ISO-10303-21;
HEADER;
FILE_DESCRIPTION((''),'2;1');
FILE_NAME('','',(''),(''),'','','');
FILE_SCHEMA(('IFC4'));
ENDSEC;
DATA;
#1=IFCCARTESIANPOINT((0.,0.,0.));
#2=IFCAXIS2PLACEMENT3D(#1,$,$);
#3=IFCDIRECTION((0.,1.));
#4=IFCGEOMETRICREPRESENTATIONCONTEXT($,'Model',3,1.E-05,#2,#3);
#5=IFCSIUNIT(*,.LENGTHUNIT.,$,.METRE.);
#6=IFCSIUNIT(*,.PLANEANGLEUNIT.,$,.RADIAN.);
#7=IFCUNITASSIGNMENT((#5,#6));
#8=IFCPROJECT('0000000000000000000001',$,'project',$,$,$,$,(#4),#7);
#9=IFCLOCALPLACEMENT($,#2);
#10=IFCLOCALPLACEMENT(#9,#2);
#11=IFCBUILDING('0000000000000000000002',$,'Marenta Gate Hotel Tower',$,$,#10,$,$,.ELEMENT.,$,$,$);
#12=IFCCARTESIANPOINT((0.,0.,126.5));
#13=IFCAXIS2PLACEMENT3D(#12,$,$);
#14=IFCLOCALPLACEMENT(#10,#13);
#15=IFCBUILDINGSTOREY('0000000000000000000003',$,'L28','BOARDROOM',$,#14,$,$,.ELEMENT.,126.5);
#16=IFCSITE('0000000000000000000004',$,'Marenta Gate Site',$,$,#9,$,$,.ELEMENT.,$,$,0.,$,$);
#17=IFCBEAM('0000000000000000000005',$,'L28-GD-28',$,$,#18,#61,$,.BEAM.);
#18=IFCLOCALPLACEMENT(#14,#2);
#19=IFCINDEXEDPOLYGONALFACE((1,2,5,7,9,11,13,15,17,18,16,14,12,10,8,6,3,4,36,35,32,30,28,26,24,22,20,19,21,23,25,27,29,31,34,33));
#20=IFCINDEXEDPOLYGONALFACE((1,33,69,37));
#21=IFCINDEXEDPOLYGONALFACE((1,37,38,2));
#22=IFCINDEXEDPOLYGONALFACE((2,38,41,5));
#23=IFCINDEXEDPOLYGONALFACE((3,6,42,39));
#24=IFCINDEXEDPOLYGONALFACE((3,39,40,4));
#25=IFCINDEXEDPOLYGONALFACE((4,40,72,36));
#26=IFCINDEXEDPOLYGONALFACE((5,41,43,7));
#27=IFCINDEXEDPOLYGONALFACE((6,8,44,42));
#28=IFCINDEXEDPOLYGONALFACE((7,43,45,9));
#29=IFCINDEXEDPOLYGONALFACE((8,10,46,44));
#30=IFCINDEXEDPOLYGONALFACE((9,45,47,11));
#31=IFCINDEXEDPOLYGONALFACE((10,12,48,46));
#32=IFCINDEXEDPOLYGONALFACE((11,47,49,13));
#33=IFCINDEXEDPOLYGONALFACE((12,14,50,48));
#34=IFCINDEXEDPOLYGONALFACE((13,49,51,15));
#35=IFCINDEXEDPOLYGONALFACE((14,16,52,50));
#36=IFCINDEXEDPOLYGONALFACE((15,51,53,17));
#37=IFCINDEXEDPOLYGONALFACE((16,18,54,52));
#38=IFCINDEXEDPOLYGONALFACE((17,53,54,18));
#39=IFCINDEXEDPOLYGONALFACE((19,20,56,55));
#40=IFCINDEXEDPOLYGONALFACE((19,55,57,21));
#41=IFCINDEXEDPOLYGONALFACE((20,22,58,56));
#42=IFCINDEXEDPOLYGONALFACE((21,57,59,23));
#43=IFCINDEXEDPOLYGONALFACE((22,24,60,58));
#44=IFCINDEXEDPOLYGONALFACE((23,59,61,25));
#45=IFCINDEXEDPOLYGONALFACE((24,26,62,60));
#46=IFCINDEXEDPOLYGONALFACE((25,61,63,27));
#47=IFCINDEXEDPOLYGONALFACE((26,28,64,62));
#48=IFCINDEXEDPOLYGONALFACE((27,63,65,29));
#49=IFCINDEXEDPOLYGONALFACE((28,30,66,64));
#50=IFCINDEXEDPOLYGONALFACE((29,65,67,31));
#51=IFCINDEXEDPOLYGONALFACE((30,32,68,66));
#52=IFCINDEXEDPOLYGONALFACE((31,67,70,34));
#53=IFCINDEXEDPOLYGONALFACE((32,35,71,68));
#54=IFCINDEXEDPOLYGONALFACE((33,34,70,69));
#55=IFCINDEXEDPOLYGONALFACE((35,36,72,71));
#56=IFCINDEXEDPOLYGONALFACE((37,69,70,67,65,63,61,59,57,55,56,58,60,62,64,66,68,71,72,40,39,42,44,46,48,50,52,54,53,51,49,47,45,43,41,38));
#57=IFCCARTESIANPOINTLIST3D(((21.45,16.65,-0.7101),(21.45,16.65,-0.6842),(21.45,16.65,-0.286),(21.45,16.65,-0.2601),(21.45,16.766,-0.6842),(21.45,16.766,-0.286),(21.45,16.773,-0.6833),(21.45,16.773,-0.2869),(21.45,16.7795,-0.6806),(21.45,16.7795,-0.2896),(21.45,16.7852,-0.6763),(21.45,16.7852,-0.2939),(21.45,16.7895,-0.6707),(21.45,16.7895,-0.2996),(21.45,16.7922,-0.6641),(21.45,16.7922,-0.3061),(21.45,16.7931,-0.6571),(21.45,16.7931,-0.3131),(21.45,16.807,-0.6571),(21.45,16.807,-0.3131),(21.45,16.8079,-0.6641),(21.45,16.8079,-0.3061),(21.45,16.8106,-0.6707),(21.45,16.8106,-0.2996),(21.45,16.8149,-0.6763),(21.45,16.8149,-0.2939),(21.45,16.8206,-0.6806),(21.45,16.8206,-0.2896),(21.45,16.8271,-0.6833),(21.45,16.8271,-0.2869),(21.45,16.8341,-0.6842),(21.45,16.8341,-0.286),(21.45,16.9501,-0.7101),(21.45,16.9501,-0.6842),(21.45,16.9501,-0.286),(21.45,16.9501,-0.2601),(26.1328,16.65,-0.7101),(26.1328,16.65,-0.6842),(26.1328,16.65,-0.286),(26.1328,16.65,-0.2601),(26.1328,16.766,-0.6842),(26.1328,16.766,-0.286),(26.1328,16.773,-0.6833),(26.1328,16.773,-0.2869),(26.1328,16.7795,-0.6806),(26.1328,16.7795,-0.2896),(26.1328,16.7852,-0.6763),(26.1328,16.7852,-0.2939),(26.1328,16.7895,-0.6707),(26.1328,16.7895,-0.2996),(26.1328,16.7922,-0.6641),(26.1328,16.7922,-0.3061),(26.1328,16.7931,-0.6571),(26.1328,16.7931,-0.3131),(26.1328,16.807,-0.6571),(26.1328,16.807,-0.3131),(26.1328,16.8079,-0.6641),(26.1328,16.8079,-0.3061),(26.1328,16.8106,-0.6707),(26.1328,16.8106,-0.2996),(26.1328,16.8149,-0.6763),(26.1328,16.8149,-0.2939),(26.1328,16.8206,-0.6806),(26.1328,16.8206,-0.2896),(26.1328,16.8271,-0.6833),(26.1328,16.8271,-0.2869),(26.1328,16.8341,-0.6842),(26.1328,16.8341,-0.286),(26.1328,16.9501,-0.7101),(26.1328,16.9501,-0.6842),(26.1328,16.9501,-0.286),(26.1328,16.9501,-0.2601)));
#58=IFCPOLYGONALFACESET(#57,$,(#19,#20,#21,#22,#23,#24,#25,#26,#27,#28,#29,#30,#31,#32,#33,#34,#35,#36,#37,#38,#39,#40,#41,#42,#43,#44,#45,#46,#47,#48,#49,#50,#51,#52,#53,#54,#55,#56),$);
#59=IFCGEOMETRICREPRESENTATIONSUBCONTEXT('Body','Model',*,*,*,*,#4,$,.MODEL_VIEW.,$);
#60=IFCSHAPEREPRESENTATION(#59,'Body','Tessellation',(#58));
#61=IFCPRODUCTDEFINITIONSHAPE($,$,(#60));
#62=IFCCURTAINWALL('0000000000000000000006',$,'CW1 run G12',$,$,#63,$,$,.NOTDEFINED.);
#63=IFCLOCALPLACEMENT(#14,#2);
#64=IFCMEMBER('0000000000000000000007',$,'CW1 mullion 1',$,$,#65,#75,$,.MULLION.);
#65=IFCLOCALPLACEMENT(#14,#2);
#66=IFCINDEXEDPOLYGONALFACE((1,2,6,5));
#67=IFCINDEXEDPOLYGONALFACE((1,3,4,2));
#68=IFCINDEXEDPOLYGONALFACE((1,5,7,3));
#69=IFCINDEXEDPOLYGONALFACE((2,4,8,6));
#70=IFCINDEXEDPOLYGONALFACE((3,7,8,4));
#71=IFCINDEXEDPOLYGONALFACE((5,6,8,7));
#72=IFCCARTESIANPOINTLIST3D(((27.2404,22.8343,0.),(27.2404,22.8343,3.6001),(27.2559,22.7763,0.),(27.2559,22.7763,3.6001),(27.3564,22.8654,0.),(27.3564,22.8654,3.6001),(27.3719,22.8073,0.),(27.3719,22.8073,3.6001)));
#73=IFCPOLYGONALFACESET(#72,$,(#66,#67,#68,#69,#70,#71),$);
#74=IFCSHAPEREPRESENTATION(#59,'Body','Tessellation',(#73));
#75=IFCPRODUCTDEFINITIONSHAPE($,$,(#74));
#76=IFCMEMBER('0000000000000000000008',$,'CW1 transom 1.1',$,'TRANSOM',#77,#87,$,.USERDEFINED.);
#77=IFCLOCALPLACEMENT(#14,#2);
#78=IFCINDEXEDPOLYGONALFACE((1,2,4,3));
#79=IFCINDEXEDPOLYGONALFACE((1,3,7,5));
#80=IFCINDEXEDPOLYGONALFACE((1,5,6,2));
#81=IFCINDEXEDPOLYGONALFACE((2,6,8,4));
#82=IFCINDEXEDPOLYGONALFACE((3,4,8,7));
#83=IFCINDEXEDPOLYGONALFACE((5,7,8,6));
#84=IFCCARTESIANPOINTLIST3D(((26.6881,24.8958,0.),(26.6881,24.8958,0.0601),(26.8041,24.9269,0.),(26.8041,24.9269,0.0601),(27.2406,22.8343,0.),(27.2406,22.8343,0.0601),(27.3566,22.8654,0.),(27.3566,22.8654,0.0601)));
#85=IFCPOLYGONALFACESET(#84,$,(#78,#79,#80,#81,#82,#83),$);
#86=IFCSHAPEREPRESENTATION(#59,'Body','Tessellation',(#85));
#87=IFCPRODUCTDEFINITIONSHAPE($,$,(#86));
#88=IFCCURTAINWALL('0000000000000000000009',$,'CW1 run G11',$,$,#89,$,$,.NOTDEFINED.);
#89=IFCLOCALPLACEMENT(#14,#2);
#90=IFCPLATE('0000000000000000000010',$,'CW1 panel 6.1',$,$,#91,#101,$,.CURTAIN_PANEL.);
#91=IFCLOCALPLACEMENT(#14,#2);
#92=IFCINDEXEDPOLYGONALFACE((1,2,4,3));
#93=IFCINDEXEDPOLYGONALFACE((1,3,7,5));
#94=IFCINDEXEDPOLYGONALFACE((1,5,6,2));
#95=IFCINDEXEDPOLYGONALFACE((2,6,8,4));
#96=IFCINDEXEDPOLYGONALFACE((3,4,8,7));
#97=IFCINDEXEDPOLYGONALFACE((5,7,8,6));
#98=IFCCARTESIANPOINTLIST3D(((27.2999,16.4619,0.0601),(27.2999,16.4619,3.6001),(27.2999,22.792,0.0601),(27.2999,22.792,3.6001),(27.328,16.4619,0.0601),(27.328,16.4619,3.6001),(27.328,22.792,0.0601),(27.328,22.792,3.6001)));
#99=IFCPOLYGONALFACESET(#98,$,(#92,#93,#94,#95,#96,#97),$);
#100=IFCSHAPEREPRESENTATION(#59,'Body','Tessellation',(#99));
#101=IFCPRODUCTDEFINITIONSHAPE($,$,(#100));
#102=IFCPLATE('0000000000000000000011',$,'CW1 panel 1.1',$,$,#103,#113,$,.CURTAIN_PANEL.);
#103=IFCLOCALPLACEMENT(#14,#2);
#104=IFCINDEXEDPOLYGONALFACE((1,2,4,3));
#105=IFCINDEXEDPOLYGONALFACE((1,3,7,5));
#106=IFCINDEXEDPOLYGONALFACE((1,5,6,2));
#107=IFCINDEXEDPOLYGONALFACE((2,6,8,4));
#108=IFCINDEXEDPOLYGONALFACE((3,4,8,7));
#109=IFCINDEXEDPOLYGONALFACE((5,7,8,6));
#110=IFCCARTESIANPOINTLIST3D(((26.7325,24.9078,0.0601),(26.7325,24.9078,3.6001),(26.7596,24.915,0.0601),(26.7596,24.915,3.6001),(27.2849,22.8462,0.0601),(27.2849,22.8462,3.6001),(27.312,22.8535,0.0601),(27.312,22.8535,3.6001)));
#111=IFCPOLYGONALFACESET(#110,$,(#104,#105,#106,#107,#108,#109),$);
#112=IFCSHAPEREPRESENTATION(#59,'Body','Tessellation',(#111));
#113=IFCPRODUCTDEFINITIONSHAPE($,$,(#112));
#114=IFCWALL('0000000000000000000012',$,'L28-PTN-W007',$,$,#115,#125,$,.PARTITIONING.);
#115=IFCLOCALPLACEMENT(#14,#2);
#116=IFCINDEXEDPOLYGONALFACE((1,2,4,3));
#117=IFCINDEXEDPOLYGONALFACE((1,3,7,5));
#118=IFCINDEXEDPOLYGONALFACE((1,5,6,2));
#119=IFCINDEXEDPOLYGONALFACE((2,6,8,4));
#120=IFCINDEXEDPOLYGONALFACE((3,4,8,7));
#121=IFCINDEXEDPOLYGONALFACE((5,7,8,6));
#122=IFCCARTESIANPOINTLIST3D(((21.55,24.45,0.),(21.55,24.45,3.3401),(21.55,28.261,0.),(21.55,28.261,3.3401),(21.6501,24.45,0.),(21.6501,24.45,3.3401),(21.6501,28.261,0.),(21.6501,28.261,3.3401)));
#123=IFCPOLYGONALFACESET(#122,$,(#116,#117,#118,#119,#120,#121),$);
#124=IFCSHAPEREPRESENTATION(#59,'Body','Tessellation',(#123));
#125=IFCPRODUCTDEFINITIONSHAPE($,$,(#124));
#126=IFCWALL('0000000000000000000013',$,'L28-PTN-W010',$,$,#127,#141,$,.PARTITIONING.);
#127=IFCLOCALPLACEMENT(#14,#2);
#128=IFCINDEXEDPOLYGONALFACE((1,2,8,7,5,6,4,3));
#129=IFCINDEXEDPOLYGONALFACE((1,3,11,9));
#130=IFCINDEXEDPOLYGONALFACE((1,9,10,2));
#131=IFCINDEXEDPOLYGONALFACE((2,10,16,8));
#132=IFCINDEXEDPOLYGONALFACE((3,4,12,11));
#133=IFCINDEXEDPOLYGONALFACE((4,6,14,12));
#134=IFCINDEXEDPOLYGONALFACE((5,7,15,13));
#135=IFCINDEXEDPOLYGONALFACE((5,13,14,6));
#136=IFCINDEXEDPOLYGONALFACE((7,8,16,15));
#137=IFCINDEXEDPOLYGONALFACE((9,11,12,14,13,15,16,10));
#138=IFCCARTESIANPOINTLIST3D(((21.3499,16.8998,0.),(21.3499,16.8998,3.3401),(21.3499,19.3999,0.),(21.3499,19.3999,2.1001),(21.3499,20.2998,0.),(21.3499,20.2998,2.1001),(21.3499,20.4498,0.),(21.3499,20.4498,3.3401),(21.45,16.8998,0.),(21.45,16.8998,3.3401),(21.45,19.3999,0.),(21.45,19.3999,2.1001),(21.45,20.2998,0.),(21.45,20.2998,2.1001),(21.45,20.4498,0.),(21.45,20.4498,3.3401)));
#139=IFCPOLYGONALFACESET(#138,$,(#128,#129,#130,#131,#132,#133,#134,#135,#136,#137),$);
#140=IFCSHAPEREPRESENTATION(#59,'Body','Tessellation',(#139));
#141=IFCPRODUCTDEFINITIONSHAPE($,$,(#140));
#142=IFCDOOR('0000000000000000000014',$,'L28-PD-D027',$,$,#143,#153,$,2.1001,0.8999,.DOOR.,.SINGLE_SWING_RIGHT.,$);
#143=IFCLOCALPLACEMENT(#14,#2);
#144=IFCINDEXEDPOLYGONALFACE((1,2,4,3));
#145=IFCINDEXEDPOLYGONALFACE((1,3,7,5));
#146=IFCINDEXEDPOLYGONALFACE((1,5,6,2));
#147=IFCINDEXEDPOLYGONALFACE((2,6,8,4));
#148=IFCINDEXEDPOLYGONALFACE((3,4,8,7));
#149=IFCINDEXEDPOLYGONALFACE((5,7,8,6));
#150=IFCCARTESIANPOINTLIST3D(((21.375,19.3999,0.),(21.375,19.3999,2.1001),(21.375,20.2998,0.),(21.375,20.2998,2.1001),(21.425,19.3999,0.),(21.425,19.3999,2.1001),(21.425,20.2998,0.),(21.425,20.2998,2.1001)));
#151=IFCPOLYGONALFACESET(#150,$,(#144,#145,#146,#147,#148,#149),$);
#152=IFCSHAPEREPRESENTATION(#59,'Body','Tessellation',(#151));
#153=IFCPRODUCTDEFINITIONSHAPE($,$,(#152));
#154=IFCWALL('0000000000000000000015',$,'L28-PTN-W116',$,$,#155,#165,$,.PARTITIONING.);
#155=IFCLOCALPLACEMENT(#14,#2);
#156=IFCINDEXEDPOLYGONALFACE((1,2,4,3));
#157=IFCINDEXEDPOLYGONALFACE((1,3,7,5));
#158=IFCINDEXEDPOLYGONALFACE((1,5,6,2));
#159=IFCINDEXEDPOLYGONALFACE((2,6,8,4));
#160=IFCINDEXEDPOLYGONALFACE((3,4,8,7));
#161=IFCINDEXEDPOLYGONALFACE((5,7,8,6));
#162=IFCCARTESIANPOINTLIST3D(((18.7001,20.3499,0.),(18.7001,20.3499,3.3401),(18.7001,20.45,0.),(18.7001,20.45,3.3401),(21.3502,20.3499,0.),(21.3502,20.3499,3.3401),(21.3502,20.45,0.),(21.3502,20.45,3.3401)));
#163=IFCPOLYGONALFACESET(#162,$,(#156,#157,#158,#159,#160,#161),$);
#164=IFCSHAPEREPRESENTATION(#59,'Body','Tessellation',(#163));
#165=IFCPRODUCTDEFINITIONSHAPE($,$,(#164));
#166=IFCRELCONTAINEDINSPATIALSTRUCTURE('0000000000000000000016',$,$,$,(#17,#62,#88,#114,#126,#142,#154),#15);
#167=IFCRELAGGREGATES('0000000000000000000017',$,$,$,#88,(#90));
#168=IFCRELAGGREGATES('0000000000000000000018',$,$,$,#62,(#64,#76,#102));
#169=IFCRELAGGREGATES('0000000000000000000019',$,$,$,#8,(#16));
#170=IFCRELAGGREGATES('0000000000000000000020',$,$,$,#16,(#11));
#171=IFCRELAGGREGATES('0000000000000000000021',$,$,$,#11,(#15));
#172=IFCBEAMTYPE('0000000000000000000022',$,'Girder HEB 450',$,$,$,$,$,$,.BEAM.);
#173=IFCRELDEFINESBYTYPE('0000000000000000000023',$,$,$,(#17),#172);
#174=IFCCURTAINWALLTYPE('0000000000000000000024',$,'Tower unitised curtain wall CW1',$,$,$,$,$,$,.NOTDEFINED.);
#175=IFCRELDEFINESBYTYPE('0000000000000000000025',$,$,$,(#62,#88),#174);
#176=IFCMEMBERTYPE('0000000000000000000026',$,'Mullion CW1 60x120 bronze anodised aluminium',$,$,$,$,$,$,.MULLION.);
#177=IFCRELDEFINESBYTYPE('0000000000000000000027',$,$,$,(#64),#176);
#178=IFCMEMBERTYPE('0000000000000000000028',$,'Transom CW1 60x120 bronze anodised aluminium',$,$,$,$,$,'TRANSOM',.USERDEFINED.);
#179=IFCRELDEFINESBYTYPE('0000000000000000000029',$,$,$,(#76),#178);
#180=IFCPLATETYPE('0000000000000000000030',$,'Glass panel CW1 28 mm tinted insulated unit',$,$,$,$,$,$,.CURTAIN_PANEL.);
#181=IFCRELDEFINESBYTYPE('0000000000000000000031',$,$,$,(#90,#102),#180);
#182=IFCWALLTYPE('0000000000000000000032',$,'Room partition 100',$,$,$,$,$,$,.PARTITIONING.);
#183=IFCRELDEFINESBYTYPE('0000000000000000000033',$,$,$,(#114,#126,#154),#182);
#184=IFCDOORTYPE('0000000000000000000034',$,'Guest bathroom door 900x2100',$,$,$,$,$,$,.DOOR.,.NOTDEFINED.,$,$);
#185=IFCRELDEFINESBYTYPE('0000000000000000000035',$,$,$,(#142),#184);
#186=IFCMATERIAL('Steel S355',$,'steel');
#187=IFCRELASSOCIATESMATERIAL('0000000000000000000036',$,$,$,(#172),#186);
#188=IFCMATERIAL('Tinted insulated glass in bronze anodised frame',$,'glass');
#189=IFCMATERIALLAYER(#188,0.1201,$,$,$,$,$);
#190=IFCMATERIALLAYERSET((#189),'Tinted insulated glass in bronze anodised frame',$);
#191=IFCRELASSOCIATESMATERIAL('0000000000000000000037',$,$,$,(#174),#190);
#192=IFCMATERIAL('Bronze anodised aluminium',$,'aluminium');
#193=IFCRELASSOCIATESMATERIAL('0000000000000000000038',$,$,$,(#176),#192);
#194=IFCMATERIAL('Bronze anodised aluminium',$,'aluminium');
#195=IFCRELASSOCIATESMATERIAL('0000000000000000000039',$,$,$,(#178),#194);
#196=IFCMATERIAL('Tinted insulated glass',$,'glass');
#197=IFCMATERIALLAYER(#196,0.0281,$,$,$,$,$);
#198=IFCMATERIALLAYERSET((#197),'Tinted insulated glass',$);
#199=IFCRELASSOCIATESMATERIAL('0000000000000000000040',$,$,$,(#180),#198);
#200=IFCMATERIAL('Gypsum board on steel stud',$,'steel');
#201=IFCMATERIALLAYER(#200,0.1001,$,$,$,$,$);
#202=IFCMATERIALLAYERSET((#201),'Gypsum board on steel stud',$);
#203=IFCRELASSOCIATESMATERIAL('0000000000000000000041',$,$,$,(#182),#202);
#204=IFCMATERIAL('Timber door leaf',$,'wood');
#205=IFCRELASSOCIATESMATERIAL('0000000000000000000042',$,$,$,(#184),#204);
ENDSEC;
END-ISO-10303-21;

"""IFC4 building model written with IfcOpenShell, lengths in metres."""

from ifc_helpers import new_model, si_unit, direction, frame, frame_2d, origin, origin_2d, place, context, subcontext, project, spatial, rectangle, i_section, extrude, material, layer, layer_set, material_profile, profile_set, type_object, element, fill, aggregate, save


model = new_model("IFC4")

# Units and contexts
model_context = context("Model", 3, precision=1e-05, world=origin(), true_north=direction((0.0, 1.0)))
body_context = subcontext(model_context, "Body", "Model", "MODEL_VIEW")
ifc_project = project(units=[si_unit("LENGTHUNIT", "METRE"), si_unit("PLANEANGLEUNIT", "RADIAN")], contexts=[model_context])

# Site, building, storey
site_placement = place(None, origin())
site = spatial("IfcSite", under=ifc_project, at=site_placement, Name="Marenta Gate Site", CompositionType="ELEMENT", RefElevation=0.0)
building_placement = place(site_placement, origin())
building = spatial("IfcBuilding", under=site, at=building_placement, Name="Marenta Gate Hotel Tower", CompositionType="ELEMENT")
storey_placement = place(building_placement, frame((0.0, 0.0, 126.5)))
storey = spatial("IfcBuildingStorey", under=building, at=storey_placement, Name="L28", Description="BOARDROOM", CompositionType="ELEMENT", Elevation=126.5)

# Beam
ifc_material_1 = material(Name="Steel S355", Category="steel")
ifc_material_profile_1 = material_profile(ifc_material_1, i_section(OverallWidth=0.3, OverallDepth=0.45, WebThickness=0.0139, FlangeThickness=0.0259, FilletRadius=0.0271, at=origin_2d()), Name="HEB 450")
ifc_profile_set_1 = profile_set([ifc_material_profile_1], Name="Steel S355")
beam_type_1 = type_object("IfcBeamType", Name="Girder HEB 450", PredefinedType="BEAM", material=ifc_profile_set_1)
beam_1_placement = place(storey_placement, frame((21.45, 16.8, -0.4851), z_axis=(1.0, 0.0, 0.0), x_axis=(0.0, 1.0, 0.0)))
element("IfcBeam", 1, at=beam_1_placement, inside=storey, type_object=beam_type_1, Name="L28-GD-28", PredefinedType="BEAM", context=body_context, shape_type="SweptSolid", body=[
    extrude(i_section(OverallWidth=0.3, OverallDepth=0.45, WebThickness=0.0139, FlangeThickness=0.0259, FilletRadius=0.0271, at=origin_2d()), origin(), (0.0, 0.0, 1.0), 4.6829),
])

# Curtain wall, members
ifc_material_2 = material(Name="Tinted insulated glass in bronze anodised frame", Category="glass")
ifc_layer_1 = layer(ifc_material_2, 0.1201)
ifc_layer_set_1 = layer_set([ifc_layer_1], Name="Tinted insulated glass in bronze anodised frame")
curtain_wall_type = type_object("IfcCurtainWallType", Name="Tower unitised curtain wall CW1", PredefinedType="NOTDEFINED", material=ifc_layer_set_1)
curtain_wall_1_placement = place(storey_placement, origin())
curtain_wall_1 = element("IfcCurtainWall", 2, at=curtain_wall_1_placement, inside=storey, type_object=curtain_wall_type, Name="CW1 run G12", PredefinedType="NOTDEFINED")
ifc_material_3 = material(Name="Bronze anodised aluminium", Category="aluminium")
ifc_material_profile_2 = material_profile(ifc_material_3, rectangle(XDim=0.1201, YDim=0.0601, at=origin_2d()), Name="Mullion CW1 60x120 bronze anodised aluminium")
ifc_profile_set_2 = profile_set([ifc_material_profile_2], Name="Bronze anodised aluminium")
member_type_1 = type_object("IfcMemberType", Name="Mullion CW1 60x120 bronze anodised aluminium", PredefinedType="MULLION", material=ifc_profile_set_2)
member_1_placement = place(storey_placement, frame((27.3062, 22.8208, 0.0), z_axis=(0.0, 0.0, 1.0), x_axis=(-0.965925, -0.258823, 0.0)))
member_1 = element("IfcMember", 3, at=member_1_placement, type_object=member_type_1, Name="CW1 mullion 1", PredefinedType="MULLION", context=body_context, shape_type="SweptSolid", body=[
    extrude(rectangle(XDim=0.1201, YDim=0.0601, at=origin_2d()), origin(), (0.0, 0.0, 1.0), 3.6001),
])
ifc_material_4 = material(Name="Bronze anodised aluminium", Category="aluminium")
ifc_material_profile_3 = material_profile(ifc_material_4, rectangle(XDim=0.1201, YDim=0.0601, at=origin_2d()), Name="Transom CW1 60x120 bronze anodised aluminium")
ifc_profile_set_3 = profile_set([ifc_material_profile_3], Name="Bronze anodised aluminium")
member_type_2 = type_object("IfcMemberType", Name="Transom CW1 60x120 bronze anodised aluminium", ElementType="TRANSOM", PredefinedType="USERDEFINED", material=ifc_profile_set_3)
member_2_placement = place(storey_placement, frame((27.2986, 22.8499, 0.03), z_axis=(-0.258866, 0.965913, 0.0), x_axis=(-0.965913, -0.258866, 0.0)))
member_2 = element("IfcMember", 4, at=member_2_placement, type_object=member_type_2, Name="CW1 transom 1.1", ObjectType="TRANSOM", PredefinedType="USERDEFINED", context=body_context, shape_type="SweptSolid", body=[
    extrude(rectangle(XDim=0.1201, YDim=0.0601, at=origin_2d()), origin(), (0.0, 0.0, 1.0), 2.1343),
])

# Curtain wall, plate
curtain_wall_2_placement = place(storey_placement, origin())
curtain_wall_2 = element("IfcCurtainWall", 5, at=curtain_wall_2_placement, inside=storey, type_object=curtain_wall_type, Name="CW1 run G11", PredefinedType="NOTDEFINED")
ifc_material_5 = material(Name="Tinted insulated glass", Category="glass")
ifc_layer_2 = layer(ifc_material_5, 0.0281)
ifc_layer_set_2 = layer_set([ifc_layer_2], Name="Tinted insulated glass")
plate_type = type_object("IfcPlateType", Name="Glass panel CW1 28 mm tinted insulated unit", PredefinedType="CURTAIN_PANEL", material=ifc_layer_set_2)
plate_1_placement = place(storey_placement, frame((27.314, 19.627, 0.0601), z_axis=(0.0, 0.0, 1.0), x_axis=(0.0, 1.0, 0.0)))
plate_1 = element("IfcPlate", 6, at=plate_1_placement, type_object=plate_type, Name="CW1 panel 6.1", PredefinedType="CURTAIN_PANEL", context=body_context, shape_type="SweptSolid", body=[
    extrude(rectangle(XDim=6.3301, YDim=0.0281, at=origin_2d()), origin(), (0.0, 0.0, 1.0), 3.54),
])
aggregate(curtain_wall_2, [plate_1])

# Plate
plate_2_placement = place(storey_placement, frame((27.0222, 23.8806, 0.0601), z_axis=(0.0, 0.0, 1.0), x_axis=(-0.258823, 0.965925, 0.0)))
plate_2 = element("IfcPlate", 7, at=plate_2_placement, type_object=plate_type, Name="CW1 panel 1.1", PredefinedType="CURTAIN_PANEL", context=body_context, shape_type="SweptSolid", body=[
    extrude(rectangle(XDim=2.1343, YDim=0.0281, at=origin_2d()), origin(), (0.0, 0.0, 1.0), 3.54),
])
aggregate(curtain_wall_1, [member_1, member_2, plate_2])

# Wall
ifc_material_6 = material(Name="Gypsum board on steel stud", Category="steel")
ifc_layer_3 = layer(ifc_material_6, 0.1001)
ifc_layer_set_3 = layer_set([ifc_layer_3], Name="Gypsum board on steel stud")
wall_type_1 = type_object("IfcWallType", Name="Room partition 100", PredefinedType="PARTITIONING", material=ifc_layer_set_3)
wall_1_placement = place(storey_placement, frame((21.6001, 24.45, 0.0), z_axis=(0.0, 0.0, 1.0), x_axis=(0.0, 1.0, 0.0)))
element("IfcWall", 8, at=wall_1_placement, inside=storey, type_object=wall_type_1, Name="L28-PTN-W007", PredefinedType="PARTITIONING", context=body_context, shape_type="SweptSolid", body=[
    extrude(rectangle(XDim=3.811, YDim=0.1001, at=frame_2d((1.9055, 0.0))), origin(), (0.0, 0.0, 1.0), 3.3401),
])

# Wall, opening, door
wall_2_placement = place(storey_placement, frame((21.3999, 16.8999, 0.0), z_axis=(0.0, 0.0, 1.0), x_axis=(0.0, 1.0, 0.0)))
wall_2 = element("IfcWall", 9, at=wall_2_placement, inside=storey, type_object=wall_type_1, Name="L28-PTN-W010", PredefinedType="PARTITIONING", context=body_context, shape_type="SweptSolid", body=[
    extrude(rectangle(XDim=3.55, YDim=0.1001, at=frame_2d((1.7749, 0.0))), origin(), (0.0, 0.0, 1.0), 3.3401),
])
opening_1_placement = place(wall_2_placement, frame((2.5, 0.0, 0.0)))
opening_1 = element("IfcOpeningElement", 10, at=opening_1_placement, cuts=wall_2, PredefinedType="OPENING", context=body_context, shape_type="SweptSolid", body=[
    extrude(rectangle(XDim=0.8999, YDim=2.1001, at=frame_2d((0.45, 1.05))), frame((0.0, 0.05, 0.0), z_axis=(0.0, -1.0, 0.0), x_axis=(1.0, 0.0, 0.0)), (0.0, 0.0, 1.0), 0.1001),
])
ifc_material_7 = material(Name="Timber door leaf", Category="wood")
door_type = type_object("IfcDoorType", Name="Guest bathroom door 900x2100", OperationType="NOTDEFINED", PredefinedType="DOOR", material=ifc_material_7)
door_1_placement = place(opening_1_placement, origin())
door_1 = element("IfcDoor", 11, at=door_1_placement, inside=storey, type_object=door_type, Name="L28-PD-D027", OperationType="SINGLE_SWING_RIGHT", OverallHeight=2.1001, OverallWidth=0.8999, PredefinedType="DOOR", context=body_context, shape_type="SweptSolid", body=[
    extrude(rectangle(XDim=0.8999, YDim=2.1001, at=frame_2d((0.45, 1.05))), frame((0.0, 0.0249, 0.0), z_axis=(0.0, -1.0, 0.0), x_axis=(1.0, 0.0, 0.0)), (0.0, 0.0, 1.0), 0.05),
])
fill(opening_1, door_1)

# Wall
wall_3_placement = place(storey_placement, frame((18.7, 20.3999, 0.0), z_axis=(0.0, 0.0, 1.0), x_axis=(1.0, 0.0, 0.0)))
element("IfcWall", 12, at=wall_3_placement, inside=storey, type_object=wall_type_1, Name="L28-PTN-W116", PredefinedType="PARTITIONING", context=body_context, shape_type="SweptSolid", body=[
    extrude(rectangle(XDim=2.6501, YDim=0.1001, at=frame_2d((1.3252, 0.0))), origin(), (0.0, 0.0, 1.0), 3.3401),
])

save(model, "model.ifc")
